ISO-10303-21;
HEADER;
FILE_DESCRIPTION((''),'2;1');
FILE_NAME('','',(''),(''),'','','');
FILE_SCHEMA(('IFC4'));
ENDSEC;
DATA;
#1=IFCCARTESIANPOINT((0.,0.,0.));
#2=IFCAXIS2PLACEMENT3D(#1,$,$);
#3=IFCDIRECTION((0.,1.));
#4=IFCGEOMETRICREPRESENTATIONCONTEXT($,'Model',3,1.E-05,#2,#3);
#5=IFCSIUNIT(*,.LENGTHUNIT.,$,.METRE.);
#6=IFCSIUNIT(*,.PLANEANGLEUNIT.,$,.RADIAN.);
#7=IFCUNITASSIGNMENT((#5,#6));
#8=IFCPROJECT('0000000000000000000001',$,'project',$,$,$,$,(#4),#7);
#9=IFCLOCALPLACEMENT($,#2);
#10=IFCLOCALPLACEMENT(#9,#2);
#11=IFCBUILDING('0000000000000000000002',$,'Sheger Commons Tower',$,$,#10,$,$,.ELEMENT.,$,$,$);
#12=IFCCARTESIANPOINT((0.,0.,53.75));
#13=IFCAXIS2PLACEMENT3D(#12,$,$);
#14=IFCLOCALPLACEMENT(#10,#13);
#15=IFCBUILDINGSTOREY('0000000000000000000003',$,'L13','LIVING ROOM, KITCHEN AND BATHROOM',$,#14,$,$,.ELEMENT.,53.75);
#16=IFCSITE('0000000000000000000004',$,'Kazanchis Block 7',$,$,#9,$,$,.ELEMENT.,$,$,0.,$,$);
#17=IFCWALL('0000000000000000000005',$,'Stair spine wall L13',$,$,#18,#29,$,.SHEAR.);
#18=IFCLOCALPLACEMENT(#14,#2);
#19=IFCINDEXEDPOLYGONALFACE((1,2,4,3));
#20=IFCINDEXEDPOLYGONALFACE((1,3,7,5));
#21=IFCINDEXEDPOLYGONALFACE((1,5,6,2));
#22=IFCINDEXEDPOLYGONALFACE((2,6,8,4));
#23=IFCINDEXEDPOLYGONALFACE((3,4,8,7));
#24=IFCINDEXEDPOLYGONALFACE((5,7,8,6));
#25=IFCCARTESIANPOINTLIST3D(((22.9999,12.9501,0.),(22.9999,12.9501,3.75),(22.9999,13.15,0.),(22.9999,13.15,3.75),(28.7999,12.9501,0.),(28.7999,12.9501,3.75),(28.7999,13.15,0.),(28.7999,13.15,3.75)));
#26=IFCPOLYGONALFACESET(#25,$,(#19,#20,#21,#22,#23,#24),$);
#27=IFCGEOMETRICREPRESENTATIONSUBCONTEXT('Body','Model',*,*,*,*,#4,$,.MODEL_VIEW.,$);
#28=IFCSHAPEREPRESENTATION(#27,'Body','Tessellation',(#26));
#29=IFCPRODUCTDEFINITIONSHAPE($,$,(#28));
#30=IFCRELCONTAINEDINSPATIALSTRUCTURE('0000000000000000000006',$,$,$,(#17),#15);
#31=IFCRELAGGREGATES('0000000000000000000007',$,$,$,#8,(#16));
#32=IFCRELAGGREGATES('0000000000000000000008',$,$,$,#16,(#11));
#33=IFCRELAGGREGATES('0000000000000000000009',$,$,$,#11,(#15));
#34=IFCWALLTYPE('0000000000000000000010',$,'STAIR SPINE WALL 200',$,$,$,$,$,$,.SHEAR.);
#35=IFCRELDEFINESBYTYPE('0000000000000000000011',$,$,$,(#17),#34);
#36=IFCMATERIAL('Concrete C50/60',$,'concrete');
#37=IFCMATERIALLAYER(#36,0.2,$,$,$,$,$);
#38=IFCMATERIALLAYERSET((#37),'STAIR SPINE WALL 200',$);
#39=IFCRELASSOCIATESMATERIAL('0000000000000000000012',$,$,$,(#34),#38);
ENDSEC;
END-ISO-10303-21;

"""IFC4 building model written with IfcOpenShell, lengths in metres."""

from ifc_helpers import new_model, si_unit, direction, frame, frame_2d, origin, place, context, subcontext, project, spatial, rectangle, extrude, material, layer, layer_set, type_object, element, save


model = new_model("IFC4")

# Units and contexts
model_context = context("Model", 3, precision=1e-05, world=origin(), true_north=direction((0.0, 1.0)))
body_context = subcontext(model_context, "Body", "Model", "MODEL_VIEW")
ifc_project = project(units=[si_unit("LENGTHUNIT", "METRE"), si_unit("PLANEANGLEUNIT", "RADIAN")], contexts=[model_context])

# Site, building, storey
site_placement = place(None, origin())
site = spatial("IfcSite", under=ifc_project, at=site_placement, Name="Kazanchis Block 7", CompositionType="ELEMENT", RefElevation=0.0)
building_placement = place(site_placement, origin())
building = spatial("IfcBuilding", under=site, at=building_placement, Name="Sheger Commons Tower", CompositionType="ELEMENT")
storey_placement = place(building_placement, frame((0.0, 0.0, 53.75)))
storey = spatial("IfcBuildingStorey", under=building, at=storey_placement, Name="L13", Description="LIVING ROOM, KITCHEN AND BATHROOM", CompositionType="ELEMENT", Elevation=53.75)

# Wall
ifc_material_1 = material(Name="Concrete C50/60", Category="concrete")
ifc_layer_1 = layer(ifc_material_1, 0.2)
ifc_layer_set_1 = layer_set([ifc_layer_1], Name="STAIR SPINE WALL 200")
wall_type_1 = type_object("IfcWallType", Name="STAIR SPINE WALL 200", PredefinedType="SHEAR", material=ifc_layer_set_1)
wall_1_placement = place(storey_placement, frame((23.0, 13.05, 0.0), z_axis=(0.0, 0.0, 1.0), x_axis=(1.0, 0.0, 0.0)))
element("IfcWall", 1, at=wall_1_placement, inside=storey, type_object=wall_type_1, Name="Stair spine wall L13", PredefinedType="SHEAR", context=body_context, shape_type="SweptSolid", body=[
    extrude(rectangle(XDim=5.8, YDim=0.2, at=frame_2d((2.8999, 0.0))), origin(), (0.0, 0.0, 1.0), 3.75),
])

save(model, "model.ifc")
